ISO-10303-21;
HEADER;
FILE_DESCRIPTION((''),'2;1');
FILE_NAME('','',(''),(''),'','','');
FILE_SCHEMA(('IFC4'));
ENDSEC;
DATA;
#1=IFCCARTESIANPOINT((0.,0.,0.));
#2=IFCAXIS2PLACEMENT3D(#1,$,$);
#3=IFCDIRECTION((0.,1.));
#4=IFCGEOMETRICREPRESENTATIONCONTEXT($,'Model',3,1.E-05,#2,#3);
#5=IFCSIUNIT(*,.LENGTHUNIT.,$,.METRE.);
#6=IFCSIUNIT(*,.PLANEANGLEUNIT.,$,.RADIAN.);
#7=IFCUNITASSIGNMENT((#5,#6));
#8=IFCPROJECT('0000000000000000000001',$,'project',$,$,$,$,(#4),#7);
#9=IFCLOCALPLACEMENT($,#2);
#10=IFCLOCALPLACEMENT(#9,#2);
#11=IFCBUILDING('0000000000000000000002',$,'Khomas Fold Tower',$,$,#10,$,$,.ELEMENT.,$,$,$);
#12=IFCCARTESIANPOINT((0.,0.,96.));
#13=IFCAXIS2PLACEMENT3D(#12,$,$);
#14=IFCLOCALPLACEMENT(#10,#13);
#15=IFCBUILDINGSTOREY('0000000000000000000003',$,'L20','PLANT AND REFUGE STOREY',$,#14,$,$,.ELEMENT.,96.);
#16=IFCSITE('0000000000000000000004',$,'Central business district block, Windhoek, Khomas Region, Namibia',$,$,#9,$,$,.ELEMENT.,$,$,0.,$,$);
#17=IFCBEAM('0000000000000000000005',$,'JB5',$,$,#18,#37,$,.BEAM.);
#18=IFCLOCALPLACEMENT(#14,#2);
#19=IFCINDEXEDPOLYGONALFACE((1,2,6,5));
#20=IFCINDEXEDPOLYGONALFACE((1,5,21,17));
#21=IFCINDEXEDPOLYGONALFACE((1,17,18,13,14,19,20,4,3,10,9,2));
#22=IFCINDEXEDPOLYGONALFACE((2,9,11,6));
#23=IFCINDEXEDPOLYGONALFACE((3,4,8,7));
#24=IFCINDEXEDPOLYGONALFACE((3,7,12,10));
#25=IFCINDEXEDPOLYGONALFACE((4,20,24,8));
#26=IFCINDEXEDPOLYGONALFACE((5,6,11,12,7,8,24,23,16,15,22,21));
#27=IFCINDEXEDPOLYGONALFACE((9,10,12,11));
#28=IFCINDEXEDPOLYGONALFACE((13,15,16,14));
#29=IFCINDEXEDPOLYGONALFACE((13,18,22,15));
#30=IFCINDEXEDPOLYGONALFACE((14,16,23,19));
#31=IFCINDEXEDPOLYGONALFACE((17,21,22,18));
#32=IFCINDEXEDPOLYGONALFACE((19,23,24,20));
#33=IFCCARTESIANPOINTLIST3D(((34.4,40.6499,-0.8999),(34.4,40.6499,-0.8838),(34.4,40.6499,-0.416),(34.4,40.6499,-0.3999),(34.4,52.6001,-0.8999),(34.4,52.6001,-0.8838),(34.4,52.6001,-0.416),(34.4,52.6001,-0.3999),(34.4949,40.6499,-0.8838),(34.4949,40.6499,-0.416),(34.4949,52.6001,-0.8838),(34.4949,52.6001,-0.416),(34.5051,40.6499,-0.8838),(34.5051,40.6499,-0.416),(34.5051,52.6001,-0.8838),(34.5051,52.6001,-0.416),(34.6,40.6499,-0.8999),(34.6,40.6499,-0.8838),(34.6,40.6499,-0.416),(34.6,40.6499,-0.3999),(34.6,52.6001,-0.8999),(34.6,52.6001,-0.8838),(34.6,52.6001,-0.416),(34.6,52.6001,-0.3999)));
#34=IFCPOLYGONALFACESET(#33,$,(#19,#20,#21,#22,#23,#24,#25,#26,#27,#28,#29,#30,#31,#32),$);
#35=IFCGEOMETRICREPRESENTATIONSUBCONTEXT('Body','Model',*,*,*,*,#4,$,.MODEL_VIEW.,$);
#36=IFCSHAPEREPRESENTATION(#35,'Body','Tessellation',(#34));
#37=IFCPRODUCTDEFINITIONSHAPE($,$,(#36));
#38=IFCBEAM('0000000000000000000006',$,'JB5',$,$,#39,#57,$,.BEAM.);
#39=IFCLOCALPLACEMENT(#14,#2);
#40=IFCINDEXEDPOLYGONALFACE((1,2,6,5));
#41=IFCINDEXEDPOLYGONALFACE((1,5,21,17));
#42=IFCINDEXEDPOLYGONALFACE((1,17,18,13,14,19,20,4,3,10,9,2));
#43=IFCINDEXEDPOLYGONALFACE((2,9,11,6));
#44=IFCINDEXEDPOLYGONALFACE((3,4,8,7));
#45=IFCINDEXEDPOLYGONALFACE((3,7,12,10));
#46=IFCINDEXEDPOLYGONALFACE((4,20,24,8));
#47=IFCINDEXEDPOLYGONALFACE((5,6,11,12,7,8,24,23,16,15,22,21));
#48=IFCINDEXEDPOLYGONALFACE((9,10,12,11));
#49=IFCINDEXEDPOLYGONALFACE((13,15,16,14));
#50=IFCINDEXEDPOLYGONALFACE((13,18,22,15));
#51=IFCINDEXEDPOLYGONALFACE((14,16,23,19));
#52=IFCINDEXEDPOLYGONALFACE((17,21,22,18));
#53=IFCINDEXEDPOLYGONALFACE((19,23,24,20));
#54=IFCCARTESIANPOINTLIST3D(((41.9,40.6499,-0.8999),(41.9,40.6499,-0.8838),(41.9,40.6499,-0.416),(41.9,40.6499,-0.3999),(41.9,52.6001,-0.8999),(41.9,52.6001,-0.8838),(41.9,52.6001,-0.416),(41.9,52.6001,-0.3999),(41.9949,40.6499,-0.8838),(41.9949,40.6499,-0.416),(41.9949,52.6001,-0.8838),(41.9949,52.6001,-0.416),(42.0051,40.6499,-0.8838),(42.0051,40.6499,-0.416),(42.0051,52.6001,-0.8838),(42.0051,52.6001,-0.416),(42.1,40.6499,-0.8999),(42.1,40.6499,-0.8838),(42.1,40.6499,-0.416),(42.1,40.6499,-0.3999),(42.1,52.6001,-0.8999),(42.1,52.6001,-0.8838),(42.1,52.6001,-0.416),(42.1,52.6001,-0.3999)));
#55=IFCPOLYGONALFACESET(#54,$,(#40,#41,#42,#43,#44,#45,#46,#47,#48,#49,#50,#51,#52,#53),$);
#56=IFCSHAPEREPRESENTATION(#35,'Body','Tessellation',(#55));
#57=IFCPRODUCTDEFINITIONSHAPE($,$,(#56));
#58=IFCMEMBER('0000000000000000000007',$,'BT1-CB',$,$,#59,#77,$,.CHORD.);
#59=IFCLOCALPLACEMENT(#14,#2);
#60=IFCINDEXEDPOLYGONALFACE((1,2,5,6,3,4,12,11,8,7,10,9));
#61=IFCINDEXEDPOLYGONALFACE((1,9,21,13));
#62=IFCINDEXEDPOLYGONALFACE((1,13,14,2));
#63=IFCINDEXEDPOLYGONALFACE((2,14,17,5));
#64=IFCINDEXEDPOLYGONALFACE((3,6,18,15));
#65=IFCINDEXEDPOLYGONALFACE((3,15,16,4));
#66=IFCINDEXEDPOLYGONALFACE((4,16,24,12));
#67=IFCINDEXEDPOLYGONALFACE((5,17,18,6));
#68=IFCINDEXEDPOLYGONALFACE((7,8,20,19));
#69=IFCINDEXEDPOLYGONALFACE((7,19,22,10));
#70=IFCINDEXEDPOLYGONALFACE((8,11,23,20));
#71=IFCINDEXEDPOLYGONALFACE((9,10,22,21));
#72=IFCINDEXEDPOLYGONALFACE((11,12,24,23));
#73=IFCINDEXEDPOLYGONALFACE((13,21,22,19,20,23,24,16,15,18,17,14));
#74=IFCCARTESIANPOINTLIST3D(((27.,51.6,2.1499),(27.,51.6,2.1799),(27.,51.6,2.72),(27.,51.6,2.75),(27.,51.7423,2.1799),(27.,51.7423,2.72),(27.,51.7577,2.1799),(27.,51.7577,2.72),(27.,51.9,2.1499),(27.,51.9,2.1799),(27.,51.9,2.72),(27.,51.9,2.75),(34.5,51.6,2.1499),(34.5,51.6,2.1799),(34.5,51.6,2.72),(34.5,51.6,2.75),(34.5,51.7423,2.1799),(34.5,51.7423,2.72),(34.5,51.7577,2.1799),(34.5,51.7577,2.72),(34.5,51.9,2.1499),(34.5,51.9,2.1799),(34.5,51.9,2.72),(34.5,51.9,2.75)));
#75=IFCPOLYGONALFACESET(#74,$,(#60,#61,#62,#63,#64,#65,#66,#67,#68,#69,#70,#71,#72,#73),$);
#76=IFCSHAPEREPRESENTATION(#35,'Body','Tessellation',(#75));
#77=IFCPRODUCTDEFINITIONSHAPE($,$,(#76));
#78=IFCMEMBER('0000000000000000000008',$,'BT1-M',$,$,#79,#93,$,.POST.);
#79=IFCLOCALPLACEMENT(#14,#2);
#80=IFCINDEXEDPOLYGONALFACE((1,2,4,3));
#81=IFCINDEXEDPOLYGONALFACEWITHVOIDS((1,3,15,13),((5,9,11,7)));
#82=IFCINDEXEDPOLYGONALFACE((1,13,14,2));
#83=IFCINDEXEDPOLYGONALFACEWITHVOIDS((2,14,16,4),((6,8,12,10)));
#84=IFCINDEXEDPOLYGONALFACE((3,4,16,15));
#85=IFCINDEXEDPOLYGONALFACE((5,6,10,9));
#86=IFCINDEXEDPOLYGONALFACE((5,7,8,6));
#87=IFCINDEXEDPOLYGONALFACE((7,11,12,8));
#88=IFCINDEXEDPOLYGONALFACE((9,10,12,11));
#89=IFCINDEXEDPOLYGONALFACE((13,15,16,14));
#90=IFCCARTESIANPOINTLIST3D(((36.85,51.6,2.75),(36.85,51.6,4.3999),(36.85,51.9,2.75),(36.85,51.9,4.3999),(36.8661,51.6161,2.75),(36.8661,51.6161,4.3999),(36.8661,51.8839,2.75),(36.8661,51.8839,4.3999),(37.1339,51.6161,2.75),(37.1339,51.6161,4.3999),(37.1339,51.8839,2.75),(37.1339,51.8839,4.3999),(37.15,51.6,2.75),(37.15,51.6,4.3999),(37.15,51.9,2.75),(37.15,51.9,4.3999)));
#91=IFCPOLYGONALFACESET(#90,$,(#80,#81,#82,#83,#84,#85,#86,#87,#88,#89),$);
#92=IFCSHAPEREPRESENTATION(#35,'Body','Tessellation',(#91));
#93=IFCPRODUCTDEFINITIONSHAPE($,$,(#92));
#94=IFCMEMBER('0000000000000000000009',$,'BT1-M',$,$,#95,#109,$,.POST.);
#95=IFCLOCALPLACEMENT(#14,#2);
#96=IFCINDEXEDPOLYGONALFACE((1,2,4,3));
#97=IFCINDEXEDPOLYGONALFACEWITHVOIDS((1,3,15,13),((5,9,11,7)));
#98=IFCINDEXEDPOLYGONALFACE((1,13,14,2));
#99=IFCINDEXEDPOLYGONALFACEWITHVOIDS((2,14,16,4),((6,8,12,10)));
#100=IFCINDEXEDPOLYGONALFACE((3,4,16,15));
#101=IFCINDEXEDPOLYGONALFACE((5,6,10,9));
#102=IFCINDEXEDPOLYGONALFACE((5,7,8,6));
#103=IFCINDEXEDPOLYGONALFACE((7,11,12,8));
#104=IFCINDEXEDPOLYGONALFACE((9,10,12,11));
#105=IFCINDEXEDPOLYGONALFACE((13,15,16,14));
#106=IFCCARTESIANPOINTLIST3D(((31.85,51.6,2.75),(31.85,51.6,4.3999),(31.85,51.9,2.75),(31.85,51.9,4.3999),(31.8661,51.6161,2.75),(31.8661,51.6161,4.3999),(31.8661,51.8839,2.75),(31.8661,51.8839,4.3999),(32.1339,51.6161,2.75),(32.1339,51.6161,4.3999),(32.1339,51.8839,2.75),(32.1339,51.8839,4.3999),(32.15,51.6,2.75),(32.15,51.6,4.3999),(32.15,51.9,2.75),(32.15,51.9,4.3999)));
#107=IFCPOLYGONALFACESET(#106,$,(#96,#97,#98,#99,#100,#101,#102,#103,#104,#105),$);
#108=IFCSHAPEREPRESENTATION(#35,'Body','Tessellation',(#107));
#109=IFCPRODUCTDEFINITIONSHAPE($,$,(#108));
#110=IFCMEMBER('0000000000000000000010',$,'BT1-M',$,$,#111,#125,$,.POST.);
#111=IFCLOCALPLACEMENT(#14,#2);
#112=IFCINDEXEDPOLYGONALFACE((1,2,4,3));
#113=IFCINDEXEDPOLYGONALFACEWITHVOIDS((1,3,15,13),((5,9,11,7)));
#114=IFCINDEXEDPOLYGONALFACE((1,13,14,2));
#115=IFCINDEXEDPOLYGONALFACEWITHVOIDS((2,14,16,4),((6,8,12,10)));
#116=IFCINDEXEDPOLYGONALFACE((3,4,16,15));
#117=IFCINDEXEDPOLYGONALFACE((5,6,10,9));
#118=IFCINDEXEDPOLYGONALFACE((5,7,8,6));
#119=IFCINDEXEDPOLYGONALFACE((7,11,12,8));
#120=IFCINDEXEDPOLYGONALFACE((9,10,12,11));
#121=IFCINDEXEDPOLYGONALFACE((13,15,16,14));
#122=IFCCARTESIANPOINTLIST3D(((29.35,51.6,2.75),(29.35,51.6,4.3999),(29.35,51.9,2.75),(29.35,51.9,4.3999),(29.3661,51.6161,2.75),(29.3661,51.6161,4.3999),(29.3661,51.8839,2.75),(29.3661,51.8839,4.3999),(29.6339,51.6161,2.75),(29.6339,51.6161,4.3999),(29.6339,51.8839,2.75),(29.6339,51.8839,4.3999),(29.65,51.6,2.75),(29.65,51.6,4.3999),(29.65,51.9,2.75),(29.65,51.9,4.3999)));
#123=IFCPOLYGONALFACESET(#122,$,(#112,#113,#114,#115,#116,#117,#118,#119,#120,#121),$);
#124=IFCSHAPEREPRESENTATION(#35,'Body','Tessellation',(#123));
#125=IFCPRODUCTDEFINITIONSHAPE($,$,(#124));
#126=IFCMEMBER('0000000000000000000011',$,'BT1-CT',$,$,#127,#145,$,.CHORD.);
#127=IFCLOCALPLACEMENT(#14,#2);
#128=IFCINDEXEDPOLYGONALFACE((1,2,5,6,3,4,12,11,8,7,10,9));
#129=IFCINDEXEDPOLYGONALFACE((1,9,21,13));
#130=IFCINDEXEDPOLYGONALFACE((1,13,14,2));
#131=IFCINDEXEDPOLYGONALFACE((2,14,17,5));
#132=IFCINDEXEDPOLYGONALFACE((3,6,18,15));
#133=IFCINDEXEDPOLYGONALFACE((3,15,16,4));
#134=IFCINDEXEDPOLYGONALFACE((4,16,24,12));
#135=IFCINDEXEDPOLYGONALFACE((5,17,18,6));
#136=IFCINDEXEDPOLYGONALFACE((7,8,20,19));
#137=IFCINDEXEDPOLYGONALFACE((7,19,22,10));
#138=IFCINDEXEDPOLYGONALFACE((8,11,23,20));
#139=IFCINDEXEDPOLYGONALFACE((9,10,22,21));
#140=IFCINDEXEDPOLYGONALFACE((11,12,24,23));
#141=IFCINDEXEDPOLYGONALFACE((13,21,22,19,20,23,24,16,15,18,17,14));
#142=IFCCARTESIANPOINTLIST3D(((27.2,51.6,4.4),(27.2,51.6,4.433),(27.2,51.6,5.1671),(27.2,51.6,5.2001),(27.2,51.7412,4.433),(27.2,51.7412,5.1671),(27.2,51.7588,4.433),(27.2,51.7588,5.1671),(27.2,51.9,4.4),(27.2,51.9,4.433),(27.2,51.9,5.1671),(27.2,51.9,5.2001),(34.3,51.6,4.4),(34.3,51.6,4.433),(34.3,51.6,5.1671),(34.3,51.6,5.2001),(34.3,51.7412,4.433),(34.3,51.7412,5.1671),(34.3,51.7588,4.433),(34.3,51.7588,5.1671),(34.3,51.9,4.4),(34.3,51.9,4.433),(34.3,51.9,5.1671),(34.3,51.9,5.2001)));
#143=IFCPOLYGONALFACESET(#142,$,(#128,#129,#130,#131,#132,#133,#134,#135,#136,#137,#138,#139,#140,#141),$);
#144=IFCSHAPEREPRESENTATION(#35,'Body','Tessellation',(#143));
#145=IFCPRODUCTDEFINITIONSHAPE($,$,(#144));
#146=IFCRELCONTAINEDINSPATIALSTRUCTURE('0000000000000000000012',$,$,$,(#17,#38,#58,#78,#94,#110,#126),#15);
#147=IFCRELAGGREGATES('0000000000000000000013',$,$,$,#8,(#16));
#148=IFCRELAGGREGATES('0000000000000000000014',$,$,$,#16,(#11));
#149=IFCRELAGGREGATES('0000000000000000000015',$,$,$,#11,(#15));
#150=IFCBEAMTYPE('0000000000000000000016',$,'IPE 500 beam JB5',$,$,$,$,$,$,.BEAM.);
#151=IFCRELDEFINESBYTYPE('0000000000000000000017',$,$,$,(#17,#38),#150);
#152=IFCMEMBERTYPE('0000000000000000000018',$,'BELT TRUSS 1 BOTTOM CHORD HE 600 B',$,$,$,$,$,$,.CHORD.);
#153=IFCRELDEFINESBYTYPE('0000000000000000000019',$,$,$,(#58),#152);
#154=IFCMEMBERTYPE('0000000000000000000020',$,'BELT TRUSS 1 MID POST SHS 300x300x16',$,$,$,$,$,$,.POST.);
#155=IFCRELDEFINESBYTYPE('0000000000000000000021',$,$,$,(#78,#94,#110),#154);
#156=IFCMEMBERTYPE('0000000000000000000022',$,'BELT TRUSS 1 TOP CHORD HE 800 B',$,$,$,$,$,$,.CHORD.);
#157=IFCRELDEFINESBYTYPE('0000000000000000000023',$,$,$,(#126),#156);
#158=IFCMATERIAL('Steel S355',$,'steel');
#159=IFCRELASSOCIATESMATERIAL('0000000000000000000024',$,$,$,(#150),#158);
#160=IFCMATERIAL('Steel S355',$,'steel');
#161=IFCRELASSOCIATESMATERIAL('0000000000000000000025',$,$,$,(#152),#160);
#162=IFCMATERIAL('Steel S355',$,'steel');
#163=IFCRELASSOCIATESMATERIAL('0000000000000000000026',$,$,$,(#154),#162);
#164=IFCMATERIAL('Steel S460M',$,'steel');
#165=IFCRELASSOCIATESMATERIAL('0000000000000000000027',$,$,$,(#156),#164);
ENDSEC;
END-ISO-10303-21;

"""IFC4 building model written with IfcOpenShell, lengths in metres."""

from ifc_helpers import new_model, si_unit, direction, frame, origin, origin_2d, place, context, subcontext, project, spatial, hollow_rectangle, i_section, extrude, source, transform, mapped, material, material_profile, profile_set, type_object, element, save


model = new_model("IFC4")

# Units and contexts
model_context = context("Model", 3, precision=1e-05, world=origin(), true_north=direction((0.0, 1.0)))
body_context = subcontext(model_context, "Body", "Model", "MODEL_VIEW")
ifc_project = project(units=[si_unit("LENGTHUNIT", "METRE"), si_unit("PLANEANGLEUNIT", "RADIAN")], contexts=[model_context])

# Site, building, storey
site_placement = place(None, origin())
site = spatial("IfcSite", under=ifc_project, at=site_placement, Name="Central business district block, Windhoek, Khomas Region, Namibia", CompositionType="ELEMENT", RefElevation=0.0)
building_placement = place(site_placement, origin())
building = spatial("IfcBuilding", under=site, at=building_placement, Name="Khomas Fold Tower", CompositionType="ELEMENT")
storey_placement = place(building_placement, frame((0.0, 0.0, 96.0)))
storey = spatial("IfcBuildingStorey", under=building, at=storey_placement, Name="L20", Description="PLANT AND REFUGE STOREY", CompositionType="ELEMENT", Elevation=96.0)

# Beams
ifc_material_1 = material(Name="Steel S355", Category="steel")
ifc_material_profile_1 = material_profile(ifc_material_1, i_section(OverallWidth=0.2, OverallDepth=0.5, WebThickness=0.0103, FlangeThickness=0.0161, at=origin_2d()), Name="IPE 500")
ifc_profile_set_1 = profile_set([ifc_material_profile_1], Name="Steel S355")
beam_type = type_object("IfcBeamType", Name="IPE 500 beam JB5", PredefinedType="BEAM", material=ifc_profile_set_1)
shared_shape_1 = source(origin(), body_context, "Body", "SweptSolid", [
    extrude(i_section(OverallWidth=0.2, OverallDepth=0.5, WebThickness=0.0103, FlangeThickness=0.0161, at=origin_2d()), origin(), (0.0, 0.0, 1.0), 11.9502),
])
for number, where, z_axis, x_axis, name in (
    (1, (34.5, 40.6499, -0.6499), (0.0, 1.0, 0.0), (-1.0, 0.0, 0.0), "JB5"),
    (2, (42.0, 40.6499, -0.6499), (0.0, 1.0, 0.0), (-1.0, 0.0, 0.0), "JB5"),
):
    element("IfcBeam", number, at=place(storey_placement, frame(where, z_axis=z_axis, x_axis=x_axis)), inside=storey, type_object=beam_type, Name=name, PredefinedType="BEAM", context=body_context, shape_type="MappedRepresentation", body=[
        mapped(shared_shape_1, transform((0.0, 0.0, 0.0))),
    ])

# Members
ifc_material_2 = material(Name="Steel S355", Category="steel")
ifc_material_profile_2 = material_profile(ifc_material_2, i_section(OverallWidth=0.3, OverallDepth=0.6001, WebThickness=0.0154, FlangeThickness=0.03, at=origin_2d()), Name="HE 600 B")
ifc_profile_set_2 = profile_set([ifc_material_profile_2], Name="Steel S355")
member_type_1 = type_object("IfcMemberType", Name="BELT TRUSS 1 BOTTOM CHORD HE 600 B", PredefinedType="CHORD", material=ifc_profile_set_2)
shared_shape_2 = source(origin(), body_context, "Body", "SweptSolid", [
    extrude(i_section(OverallWidth=0.3, OverallDepth=0.6001, WebThickness=0.0154, FlangeThickness=0.03, at=origin_2d()), origin(), (0.0, 0.0, 1.0), 7.5),
])
member_1_placement = place(storey_placement, frame((34.5, 51.75, 2.45), z_axis=(-1.0, 0.0, 0.0), x_axis=(0.0, -1.0, 0.0)))
element("IfcMember", 3, at=member_1_placement, inside=storey, type_object=member_type_1, Name="BT1-CB", PredefinedType="CHORD", context=body_context, shape_type="MappedRepresentation", body=[
    mapped(shared_shape_2, transform((0.0, 0.0, 0.0))),
])
ifc_material_3 = material(Name="Steel S355", Category="steel")
ifc_material_profile_3 = material_profile(ifc_material_3, hollow_rectangle(XDim=0.3, YDim=0.3, WallThickness=0.0161, at=origin_2d()), Name="SHS 300x300x16")
ifc_profile_set_3 = profile_set([ifc_material_profile_3], Name="Steel S355")
member_type_2 = type_object("IfcMemberType", Name="BELT TRUSS 1 MID POST SHS 300x300x16", PredefinedType="POST", material=ifc_profile_set_3)
shared_shape_3 = source(origin(), body_context, "Body", "SweptSolid", [
    extrude(hollow_rectangle(XDim=0.3, YDim=0.3, WallThickness=0.0161, at=origin_2d()), origin(), (0.0, 0.0, 1.0), 1.6499),
])
for number, where, z_axis, x_axis, name in (
    (4, (37.0, 51.75, 2.75), (0.0, 0.0, 1.0), (1.0, 0.0, 0.0), "BT1-M"),
    (5, (32.0, 51.75, 2.75), (0.0, 0.0, 1.0), (1.0, 0.0, 0.0), "BT1-M"),
    (6, (29.5, 51.75, 2.75), (0.0, 0.0, 1.0), (1.0, 0.0, 0.0), "BT1-M"),
):
    element("IfcMember", number, at=place(storey_placement, frame(where, z_axis=z_axis, x_axis=x_axis)), inside=storey, type_object=member_type_2, Name=name, PredefinedType="POST", context=body_context, shape_type="MappedRepresentation", body=[
        mapped(shared_shape_3, transform((0.0, 0.0, 0.0))),
    ])
ifc_material_4 = material(Name="Steel S460M", Category="steel")
ifc_material_profile_4 = material_profile(ifc_material_4, i_section(OverallWidth=0.3, OverallDepth=0.8, WebThickness=0.0176, FlangeThickness=0.033, at=origin_2d()), Name="HE 800 B")
ifc_profile_set_4 = profile_set([ifc_material_profile_4], Name="Steel S460M")
member_type_3 = type_object("IfcMemberType", Name="BELT TRUSS 1 TOP CHORD HE 800 B", PredefinedType="CHORD", material=ifc_profile_set_4)
shared_shape_4 = source(origin(), body_context, "Body", "SweptSolid", [
    extrude(i_section(OverallWidth=0.3, OverallDepth=0.8, WebThickness=0.0176, FlangeThickness=0.033, at=origin_2d()), origin(), (0.0, 0.0, 1.0), 7.1001),
])
member_2_placement = place(storey_placement, frame((34.3, 51.75, 4.8), z_axis=(-1.0, 0.0, 0.0), x_axis=(0.0, -1.0, 0.0)))
element("IfcMember", 7, at=member_2_placement, inside=storey, type_object=member_type_3, Name="BT1-CT", PredefinedType="CHORD", context=body_context, shape_type="MappedRepresentation", body=[
    mapped(shared_shape_4, transform((0.0, 0.0, 0.0))),
])

save(model, "model.ifc")
